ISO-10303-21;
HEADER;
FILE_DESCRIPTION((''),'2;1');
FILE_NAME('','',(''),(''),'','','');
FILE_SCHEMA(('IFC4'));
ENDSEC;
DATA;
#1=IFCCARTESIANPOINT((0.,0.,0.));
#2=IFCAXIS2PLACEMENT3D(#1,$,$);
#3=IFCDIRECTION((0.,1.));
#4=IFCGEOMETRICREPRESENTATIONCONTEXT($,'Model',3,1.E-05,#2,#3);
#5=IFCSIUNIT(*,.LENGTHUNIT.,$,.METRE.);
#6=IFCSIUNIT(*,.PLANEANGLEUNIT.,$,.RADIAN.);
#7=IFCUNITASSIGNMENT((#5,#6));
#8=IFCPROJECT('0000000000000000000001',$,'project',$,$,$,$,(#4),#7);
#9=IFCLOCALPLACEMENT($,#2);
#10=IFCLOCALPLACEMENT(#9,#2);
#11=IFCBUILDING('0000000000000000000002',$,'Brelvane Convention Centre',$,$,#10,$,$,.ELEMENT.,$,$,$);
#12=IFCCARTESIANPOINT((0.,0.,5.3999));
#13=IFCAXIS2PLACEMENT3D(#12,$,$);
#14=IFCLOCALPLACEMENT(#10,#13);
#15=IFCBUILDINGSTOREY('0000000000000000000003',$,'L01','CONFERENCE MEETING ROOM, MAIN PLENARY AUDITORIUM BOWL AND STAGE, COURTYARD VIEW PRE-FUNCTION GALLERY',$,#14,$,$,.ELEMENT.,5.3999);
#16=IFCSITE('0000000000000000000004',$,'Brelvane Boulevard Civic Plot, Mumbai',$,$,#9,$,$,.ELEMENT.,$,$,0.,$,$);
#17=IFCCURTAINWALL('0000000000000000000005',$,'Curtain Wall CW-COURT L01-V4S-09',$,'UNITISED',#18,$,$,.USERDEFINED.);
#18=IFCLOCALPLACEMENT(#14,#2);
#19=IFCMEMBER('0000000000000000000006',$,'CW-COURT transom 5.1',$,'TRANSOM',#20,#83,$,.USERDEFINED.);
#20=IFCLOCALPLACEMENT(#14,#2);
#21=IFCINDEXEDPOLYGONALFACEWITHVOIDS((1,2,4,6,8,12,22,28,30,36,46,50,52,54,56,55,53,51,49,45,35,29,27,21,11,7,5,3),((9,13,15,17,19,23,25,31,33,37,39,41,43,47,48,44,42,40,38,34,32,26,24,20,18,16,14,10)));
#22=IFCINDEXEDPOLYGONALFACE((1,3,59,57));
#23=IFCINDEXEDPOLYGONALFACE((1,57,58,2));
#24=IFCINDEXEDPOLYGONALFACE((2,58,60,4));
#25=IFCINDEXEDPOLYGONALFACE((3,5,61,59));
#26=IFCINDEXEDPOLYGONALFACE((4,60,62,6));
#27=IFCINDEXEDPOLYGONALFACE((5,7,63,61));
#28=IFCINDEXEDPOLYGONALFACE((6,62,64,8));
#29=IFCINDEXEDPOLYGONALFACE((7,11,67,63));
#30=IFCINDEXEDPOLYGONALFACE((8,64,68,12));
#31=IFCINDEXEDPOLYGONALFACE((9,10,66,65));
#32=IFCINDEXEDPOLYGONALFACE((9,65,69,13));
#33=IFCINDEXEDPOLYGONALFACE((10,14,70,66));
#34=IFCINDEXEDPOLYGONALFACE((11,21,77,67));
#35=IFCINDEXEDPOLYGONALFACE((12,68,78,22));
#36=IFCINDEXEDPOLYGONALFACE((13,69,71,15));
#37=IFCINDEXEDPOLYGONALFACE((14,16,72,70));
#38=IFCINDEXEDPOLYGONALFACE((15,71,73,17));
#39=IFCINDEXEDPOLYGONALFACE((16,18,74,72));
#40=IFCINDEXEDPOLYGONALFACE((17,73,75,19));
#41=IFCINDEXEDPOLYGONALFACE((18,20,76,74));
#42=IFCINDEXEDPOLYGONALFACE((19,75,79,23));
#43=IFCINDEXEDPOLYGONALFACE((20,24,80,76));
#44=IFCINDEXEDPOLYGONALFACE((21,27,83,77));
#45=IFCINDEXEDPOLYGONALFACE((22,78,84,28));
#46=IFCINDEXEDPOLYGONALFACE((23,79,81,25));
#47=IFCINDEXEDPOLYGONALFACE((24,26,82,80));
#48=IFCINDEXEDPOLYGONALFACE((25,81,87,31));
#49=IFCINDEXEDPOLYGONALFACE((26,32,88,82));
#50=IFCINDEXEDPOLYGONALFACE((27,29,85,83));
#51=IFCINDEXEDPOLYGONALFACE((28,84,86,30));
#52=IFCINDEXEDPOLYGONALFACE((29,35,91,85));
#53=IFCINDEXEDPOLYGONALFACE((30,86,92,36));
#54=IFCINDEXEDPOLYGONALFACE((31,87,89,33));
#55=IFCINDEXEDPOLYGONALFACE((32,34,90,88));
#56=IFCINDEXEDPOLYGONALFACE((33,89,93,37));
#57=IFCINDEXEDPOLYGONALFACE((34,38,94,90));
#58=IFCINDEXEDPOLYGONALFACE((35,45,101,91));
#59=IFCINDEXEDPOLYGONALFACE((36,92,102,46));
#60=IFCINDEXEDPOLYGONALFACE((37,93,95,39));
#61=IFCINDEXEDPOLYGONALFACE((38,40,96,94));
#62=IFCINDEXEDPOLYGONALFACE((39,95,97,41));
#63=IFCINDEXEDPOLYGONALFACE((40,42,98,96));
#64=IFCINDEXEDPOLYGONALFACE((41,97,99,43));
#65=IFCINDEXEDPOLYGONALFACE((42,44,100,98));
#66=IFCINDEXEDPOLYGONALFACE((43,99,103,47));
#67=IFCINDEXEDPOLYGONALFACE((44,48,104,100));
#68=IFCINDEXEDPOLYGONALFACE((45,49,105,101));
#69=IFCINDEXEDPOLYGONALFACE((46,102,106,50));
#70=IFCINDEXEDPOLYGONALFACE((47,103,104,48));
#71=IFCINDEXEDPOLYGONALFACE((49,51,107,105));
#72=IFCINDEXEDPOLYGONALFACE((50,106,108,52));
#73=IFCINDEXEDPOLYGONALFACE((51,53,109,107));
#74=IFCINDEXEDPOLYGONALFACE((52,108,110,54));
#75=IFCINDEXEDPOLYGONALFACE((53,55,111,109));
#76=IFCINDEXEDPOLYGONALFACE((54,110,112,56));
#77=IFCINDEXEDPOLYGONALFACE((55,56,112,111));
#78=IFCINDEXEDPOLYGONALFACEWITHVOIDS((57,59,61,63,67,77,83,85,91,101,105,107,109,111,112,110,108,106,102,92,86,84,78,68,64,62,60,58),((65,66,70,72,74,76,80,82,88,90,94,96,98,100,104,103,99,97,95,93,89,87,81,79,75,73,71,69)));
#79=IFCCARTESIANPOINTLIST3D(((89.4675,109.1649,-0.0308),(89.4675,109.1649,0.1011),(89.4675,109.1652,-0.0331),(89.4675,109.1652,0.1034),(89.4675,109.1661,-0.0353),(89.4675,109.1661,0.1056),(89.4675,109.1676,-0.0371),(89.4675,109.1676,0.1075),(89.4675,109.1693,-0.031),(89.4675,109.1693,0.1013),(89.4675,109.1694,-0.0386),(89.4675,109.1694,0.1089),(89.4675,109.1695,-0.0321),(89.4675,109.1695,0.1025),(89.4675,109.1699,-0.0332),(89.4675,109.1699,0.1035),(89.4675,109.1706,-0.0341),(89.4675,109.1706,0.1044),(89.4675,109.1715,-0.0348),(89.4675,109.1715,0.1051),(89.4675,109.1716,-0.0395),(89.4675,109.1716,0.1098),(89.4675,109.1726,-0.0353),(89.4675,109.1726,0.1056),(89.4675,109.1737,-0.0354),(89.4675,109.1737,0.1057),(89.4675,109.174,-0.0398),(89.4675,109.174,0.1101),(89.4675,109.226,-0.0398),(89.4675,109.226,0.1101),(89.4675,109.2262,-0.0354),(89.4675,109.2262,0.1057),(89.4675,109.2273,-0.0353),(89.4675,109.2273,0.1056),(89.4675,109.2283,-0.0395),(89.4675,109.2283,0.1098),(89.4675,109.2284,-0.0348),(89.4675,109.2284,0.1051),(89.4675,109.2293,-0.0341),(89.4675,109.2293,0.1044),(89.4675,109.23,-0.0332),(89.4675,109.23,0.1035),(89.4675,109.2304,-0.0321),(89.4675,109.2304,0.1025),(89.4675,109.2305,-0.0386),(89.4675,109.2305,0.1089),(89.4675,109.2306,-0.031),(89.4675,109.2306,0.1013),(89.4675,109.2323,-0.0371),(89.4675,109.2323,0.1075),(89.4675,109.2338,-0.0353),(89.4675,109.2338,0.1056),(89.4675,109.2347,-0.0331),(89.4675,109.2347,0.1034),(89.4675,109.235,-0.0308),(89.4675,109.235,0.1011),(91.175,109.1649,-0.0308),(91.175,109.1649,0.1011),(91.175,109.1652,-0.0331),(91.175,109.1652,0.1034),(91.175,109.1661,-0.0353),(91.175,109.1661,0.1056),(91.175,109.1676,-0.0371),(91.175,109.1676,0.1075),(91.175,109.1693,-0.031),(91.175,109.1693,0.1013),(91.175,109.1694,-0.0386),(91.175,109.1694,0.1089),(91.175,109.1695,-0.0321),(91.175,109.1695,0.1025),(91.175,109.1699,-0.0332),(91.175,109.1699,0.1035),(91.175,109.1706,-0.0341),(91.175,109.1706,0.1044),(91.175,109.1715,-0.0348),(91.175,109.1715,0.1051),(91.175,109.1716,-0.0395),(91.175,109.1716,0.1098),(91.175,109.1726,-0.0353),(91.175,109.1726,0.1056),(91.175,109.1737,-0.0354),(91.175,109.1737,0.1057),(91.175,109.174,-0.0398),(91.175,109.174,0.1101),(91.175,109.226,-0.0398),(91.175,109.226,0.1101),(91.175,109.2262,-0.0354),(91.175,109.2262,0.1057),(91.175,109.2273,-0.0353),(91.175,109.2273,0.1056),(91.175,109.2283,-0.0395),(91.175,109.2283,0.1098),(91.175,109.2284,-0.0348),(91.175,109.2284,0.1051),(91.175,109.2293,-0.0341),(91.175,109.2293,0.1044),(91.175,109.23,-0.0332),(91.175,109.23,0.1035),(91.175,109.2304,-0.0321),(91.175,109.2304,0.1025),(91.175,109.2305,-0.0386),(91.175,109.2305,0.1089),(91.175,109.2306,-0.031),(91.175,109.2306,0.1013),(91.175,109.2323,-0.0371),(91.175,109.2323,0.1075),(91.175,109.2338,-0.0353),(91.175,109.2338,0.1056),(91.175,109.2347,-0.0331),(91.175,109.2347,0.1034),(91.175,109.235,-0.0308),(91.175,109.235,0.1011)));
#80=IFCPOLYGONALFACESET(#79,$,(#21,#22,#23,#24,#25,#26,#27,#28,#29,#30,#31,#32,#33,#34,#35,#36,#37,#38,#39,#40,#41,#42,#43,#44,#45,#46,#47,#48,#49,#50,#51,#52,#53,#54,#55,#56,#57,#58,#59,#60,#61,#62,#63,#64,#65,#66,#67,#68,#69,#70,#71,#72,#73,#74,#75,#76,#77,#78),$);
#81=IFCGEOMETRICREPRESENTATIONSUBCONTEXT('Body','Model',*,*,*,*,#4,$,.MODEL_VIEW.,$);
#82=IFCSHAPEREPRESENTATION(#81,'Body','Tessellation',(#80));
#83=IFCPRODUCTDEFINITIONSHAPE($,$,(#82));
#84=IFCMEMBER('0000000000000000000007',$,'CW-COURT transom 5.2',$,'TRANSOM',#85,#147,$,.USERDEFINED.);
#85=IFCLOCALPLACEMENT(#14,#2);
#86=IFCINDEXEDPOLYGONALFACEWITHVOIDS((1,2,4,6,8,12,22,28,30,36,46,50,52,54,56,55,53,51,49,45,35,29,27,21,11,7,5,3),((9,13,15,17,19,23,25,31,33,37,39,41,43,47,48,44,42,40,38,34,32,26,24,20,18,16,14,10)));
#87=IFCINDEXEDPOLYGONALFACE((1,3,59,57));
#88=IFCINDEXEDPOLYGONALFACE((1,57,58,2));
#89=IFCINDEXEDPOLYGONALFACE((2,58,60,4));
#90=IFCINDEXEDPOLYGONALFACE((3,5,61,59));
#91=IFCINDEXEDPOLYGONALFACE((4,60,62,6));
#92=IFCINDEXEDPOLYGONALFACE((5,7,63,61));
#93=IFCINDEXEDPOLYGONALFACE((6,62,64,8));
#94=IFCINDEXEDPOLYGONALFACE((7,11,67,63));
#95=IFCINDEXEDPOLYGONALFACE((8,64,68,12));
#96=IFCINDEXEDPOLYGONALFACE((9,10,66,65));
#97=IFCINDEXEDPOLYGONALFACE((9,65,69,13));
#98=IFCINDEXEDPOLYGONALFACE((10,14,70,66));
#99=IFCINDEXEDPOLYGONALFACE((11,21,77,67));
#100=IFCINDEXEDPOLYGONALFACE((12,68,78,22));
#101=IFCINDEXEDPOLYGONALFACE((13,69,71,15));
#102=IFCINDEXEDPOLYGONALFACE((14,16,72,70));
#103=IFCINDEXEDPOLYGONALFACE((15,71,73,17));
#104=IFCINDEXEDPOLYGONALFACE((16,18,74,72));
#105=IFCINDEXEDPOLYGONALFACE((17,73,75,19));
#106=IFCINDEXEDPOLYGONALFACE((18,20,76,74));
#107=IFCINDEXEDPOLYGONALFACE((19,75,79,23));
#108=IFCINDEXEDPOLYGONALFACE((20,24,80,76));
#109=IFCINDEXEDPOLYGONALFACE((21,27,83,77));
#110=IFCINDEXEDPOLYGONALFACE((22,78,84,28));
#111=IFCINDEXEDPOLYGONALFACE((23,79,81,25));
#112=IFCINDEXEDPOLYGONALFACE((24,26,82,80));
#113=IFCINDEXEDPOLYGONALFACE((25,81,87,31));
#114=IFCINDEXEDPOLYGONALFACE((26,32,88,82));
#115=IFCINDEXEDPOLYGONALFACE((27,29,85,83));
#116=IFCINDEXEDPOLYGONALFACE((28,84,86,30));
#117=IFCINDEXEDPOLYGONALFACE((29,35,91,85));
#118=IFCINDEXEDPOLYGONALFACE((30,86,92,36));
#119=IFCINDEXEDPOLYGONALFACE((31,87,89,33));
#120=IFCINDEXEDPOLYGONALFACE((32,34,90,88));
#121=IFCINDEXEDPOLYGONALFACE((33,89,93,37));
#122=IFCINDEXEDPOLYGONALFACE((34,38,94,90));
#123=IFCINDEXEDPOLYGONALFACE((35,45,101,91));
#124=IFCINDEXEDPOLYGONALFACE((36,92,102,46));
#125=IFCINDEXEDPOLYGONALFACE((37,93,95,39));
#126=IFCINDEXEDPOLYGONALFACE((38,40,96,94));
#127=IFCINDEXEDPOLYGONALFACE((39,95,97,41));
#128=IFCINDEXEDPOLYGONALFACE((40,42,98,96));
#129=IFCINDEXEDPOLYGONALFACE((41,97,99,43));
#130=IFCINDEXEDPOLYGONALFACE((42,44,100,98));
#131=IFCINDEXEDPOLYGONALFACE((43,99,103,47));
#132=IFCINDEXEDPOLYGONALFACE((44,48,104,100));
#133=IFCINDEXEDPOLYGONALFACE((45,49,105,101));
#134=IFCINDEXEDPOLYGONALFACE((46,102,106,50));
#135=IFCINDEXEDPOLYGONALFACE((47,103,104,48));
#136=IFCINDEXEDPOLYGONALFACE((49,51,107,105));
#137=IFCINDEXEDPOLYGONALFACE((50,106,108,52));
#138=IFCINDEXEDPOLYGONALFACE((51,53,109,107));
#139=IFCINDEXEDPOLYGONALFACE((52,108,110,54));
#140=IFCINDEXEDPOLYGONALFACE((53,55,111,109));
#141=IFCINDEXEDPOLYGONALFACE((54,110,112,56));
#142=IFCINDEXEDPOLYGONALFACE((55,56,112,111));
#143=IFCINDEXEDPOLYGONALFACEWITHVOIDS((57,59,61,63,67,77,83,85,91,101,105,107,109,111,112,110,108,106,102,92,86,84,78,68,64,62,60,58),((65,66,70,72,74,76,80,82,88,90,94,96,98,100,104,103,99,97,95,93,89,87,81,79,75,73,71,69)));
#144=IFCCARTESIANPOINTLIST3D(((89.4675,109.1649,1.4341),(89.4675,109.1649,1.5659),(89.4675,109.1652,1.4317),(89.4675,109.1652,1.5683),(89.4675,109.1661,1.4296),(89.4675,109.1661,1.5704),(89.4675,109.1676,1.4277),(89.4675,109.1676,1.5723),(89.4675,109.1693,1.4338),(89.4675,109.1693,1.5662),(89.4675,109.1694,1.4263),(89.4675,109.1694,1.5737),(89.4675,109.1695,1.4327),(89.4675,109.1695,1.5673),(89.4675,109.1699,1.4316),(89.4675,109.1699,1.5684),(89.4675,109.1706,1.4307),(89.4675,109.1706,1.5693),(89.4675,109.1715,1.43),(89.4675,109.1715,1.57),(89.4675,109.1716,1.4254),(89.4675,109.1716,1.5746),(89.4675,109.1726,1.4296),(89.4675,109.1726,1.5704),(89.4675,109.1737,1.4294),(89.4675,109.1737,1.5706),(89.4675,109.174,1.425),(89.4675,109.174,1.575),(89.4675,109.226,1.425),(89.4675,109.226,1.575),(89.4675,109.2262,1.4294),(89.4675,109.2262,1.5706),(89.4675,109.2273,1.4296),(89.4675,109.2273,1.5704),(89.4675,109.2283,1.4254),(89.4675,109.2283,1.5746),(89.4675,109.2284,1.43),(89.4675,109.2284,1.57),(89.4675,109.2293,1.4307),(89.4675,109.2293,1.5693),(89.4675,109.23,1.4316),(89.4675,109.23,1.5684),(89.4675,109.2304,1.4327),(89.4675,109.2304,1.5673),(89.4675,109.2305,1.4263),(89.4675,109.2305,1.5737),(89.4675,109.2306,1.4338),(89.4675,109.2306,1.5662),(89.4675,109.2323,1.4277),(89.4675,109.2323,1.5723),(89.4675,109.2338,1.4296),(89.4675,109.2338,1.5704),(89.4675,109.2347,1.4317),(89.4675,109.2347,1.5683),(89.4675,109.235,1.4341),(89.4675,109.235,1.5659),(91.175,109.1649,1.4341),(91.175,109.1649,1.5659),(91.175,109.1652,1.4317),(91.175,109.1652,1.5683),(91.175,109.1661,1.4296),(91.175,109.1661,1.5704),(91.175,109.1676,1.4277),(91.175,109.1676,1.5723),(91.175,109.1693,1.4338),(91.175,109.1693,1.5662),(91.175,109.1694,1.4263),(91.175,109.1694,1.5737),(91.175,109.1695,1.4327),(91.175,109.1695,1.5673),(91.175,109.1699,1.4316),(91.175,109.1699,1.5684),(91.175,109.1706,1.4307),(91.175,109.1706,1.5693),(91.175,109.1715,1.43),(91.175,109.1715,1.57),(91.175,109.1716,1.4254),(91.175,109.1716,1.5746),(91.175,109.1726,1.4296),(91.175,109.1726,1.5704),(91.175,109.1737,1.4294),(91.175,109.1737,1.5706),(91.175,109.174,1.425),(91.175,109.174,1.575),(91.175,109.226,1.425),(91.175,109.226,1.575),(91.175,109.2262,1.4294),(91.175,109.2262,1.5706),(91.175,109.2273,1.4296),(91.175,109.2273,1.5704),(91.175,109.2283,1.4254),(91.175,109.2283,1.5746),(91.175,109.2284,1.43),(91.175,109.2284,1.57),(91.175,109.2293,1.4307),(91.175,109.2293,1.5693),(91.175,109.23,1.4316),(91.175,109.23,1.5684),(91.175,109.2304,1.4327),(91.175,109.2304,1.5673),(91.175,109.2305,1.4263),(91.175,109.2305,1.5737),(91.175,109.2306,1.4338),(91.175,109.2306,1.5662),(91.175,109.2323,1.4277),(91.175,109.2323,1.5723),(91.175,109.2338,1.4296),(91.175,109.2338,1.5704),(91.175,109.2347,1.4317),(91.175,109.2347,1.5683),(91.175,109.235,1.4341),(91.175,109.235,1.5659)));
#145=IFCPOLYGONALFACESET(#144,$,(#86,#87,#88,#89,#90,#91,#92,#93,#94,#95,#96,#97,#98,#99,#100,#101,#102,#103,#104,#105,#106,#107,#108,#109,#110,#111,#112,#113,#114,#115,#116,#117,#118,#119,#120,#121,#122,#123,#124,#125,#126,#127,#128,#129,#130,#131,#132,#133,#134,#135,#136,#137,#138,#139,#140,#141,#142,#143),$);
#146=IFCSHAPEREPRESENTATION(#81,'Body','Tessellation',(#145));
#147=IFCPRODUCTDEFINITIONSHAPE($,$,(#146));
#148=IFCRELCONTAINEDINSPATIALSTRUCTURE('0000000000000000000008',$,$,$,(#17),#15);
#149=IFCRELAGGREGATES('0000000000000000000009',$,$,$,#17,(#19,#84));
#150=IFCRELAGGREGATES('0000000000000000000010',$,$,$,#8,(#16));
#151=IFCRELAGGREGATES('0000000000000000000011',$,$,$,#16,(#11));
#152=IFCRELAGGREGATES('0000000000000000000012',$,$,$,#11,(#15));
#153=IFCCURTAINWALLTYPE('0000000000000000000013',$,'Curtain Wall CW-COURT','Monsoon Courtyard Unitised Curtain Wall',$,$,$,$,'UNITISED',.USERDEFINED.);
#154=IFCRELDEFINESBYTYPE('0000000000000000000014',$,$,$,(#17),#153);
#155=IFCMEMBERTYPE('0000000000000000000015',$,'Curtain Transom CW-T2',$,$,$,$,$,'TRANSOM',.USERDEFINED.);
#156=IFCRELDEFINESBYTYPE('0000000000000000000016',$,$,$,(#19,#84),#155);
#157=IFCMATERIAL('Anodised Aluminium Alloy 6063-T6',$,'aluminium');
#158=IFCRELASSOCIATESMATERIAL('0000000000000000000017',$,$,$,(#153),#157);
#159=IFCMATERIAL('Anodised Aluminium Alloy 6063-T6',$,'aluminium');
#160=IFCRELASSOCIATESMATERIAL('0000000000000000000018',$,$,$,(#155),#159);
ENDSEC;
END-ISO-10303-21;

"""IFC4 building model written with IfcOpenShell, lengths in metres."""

from ifc_helpers import new_model, si_unit, direction, frame, origin, origin_2d, place, context, subcontext, project, spatial, hollow_rectangle, extrude, material, material_profile, profile_set, type_object, element, aggregate, save


model = new_model("IFC4")

# Units and contexts
model_context = context("Model", 3, precision=1e-05, world=origin(), true_north=direction((0.0, 1.0)))
body_context = subcontext(model_context, "Body", "Model", "MODEL_VIEW")
ifc_project = project(units=[si_unit("LENGTHUNIT", "METRE"), si_unit("PLANEANGLEUNIT", "RADIAN")], contexts=[model_context])

# Site, building, storey
site_placement = place(None, origin())
site = spatial("IfcSite", under=ifc_project, at=site_placement, Name="Brelvane Boulevard Civic Plot, Mumbai", CompositionType="ELEMENT", RefElevation=0.0)
building_placement = place(site_placement, origin())
building = spatial("IfcBuilding", under=site, at=building_placement, Name="Brelvane Convention Centre", CompositionType="ELEMENT")
storey_placement = place(building_placement, frame((0.0, 0.0, 5.3999)))
storey = spatial("IfcBuildingStorey", under=building, at=storey_placement, Name="L01", Description="CONFERENCE MEETING ROOM, MAIN PLENARY AUDITORIUM BOWL AND STAGE, COURTYARD VIEW PRE-FUNCTION GALLERY", CompositionType="ELEMENT", Elevation=5.3999)

# Curtain wall, members
ifc_material_1 = material(Name="Anodised Aluminium Alloy 6063-T6", Category="aluminium")
curtain_wall_type = type_object("IfcCurtainWallType", Name="Curtain Wall CW-COURT", Description="Monsoon Courtyard Unitised Curtain Wall", ElementType="UNITISED", PredefinedType="USERDEFINED", material=ifc_material_1)
curtain_wall_placement = place(storey_placement, origin())
curtain_wall = element("IfcCurtainWall", 1, at=curtain_wall_placement, inside=storey, type_object=curtain_wall_type, Name="Curtain Wall CW-COURT L01-V4S-09", ObjectType="UNITISED", PredefinedType="USERDEFINED")
ifc_material_2 = material(Name="Anodised Aluminium Alloy 6063-T6", Category="aluminium")
ifc_material_profile_1 = material_profile(ifc_material_2, hollow_rectangle(XDim=0.0701, YDim=0.1499, WallThickness=0.0044, InnerFilletRadius=0.0044, OuterFilletRadius=0.009, at=origin_2d()), Name="ALU-T 150x70x4.5")
ifc_profile_set_1 = profile_set([ifc_material_profile_1], Name="Anodised Aluminium Alloy 6063-T6")
member_type_1 = type_object("IfcMemberType", Name="Curtain Transom CW-T2", ElementType="TRANSOM", PredefinedType="USERDEFINED", material=ifc_profile_set_1)
member_1_placement = place(storey_placement, frame((89.4675, 109.2, 0.0352), z_axis=(1.0, 0.0, 0.0), x_axis=(0.0, 1.0, 0.0)))
member_1 = element("IfcMember", 2, at=member_1_placement, type_object=member_type_1, Name="CW-COURT transom 5.1", ObjectType="TRANSOM", PredefinedType="USERDEFINED", context=body_context, shape_type="SweptSolid", body=[
    extrude(hollow_rectangle(XDim=0.0701, YDim=0.1499, WallThickness=0.0044, InnerFilletRadius=0.0044, OuterFilletRadius=0.009, at=origin_2d()), origin(), (0.0, 0.0, 1.0), 1.7075),
])
member_2_placement = place(storey_placement, frame((89.4675, 109.2, 1.5), z_axis=(1.0, 0.0, 0.0), x_axis=(0.0, 1.0, 0.0)))
member_2 = element("IfcMember", 3, at=member_2_placement, type_object=member_type_1, Name="CW-COURT transom 5.2", ObjectType="TRANSOM", PredefinedType="USERDEFINED", context=body_context, shape_type="SweptSolid", body=[
    extrude(hollow_rectangle(XDim=0.0701, YDim=0.1499, WallThickness=0.0044, InnerFilletRadius=0.0044, OuterFilletRadius=0.009, at=origin_2d()), origin(), (0.0, 0.0, 1.0), 1.7075),
])

aggregate(curtain_wall, [member_1, member_2])

save(model, "model.ifc")
